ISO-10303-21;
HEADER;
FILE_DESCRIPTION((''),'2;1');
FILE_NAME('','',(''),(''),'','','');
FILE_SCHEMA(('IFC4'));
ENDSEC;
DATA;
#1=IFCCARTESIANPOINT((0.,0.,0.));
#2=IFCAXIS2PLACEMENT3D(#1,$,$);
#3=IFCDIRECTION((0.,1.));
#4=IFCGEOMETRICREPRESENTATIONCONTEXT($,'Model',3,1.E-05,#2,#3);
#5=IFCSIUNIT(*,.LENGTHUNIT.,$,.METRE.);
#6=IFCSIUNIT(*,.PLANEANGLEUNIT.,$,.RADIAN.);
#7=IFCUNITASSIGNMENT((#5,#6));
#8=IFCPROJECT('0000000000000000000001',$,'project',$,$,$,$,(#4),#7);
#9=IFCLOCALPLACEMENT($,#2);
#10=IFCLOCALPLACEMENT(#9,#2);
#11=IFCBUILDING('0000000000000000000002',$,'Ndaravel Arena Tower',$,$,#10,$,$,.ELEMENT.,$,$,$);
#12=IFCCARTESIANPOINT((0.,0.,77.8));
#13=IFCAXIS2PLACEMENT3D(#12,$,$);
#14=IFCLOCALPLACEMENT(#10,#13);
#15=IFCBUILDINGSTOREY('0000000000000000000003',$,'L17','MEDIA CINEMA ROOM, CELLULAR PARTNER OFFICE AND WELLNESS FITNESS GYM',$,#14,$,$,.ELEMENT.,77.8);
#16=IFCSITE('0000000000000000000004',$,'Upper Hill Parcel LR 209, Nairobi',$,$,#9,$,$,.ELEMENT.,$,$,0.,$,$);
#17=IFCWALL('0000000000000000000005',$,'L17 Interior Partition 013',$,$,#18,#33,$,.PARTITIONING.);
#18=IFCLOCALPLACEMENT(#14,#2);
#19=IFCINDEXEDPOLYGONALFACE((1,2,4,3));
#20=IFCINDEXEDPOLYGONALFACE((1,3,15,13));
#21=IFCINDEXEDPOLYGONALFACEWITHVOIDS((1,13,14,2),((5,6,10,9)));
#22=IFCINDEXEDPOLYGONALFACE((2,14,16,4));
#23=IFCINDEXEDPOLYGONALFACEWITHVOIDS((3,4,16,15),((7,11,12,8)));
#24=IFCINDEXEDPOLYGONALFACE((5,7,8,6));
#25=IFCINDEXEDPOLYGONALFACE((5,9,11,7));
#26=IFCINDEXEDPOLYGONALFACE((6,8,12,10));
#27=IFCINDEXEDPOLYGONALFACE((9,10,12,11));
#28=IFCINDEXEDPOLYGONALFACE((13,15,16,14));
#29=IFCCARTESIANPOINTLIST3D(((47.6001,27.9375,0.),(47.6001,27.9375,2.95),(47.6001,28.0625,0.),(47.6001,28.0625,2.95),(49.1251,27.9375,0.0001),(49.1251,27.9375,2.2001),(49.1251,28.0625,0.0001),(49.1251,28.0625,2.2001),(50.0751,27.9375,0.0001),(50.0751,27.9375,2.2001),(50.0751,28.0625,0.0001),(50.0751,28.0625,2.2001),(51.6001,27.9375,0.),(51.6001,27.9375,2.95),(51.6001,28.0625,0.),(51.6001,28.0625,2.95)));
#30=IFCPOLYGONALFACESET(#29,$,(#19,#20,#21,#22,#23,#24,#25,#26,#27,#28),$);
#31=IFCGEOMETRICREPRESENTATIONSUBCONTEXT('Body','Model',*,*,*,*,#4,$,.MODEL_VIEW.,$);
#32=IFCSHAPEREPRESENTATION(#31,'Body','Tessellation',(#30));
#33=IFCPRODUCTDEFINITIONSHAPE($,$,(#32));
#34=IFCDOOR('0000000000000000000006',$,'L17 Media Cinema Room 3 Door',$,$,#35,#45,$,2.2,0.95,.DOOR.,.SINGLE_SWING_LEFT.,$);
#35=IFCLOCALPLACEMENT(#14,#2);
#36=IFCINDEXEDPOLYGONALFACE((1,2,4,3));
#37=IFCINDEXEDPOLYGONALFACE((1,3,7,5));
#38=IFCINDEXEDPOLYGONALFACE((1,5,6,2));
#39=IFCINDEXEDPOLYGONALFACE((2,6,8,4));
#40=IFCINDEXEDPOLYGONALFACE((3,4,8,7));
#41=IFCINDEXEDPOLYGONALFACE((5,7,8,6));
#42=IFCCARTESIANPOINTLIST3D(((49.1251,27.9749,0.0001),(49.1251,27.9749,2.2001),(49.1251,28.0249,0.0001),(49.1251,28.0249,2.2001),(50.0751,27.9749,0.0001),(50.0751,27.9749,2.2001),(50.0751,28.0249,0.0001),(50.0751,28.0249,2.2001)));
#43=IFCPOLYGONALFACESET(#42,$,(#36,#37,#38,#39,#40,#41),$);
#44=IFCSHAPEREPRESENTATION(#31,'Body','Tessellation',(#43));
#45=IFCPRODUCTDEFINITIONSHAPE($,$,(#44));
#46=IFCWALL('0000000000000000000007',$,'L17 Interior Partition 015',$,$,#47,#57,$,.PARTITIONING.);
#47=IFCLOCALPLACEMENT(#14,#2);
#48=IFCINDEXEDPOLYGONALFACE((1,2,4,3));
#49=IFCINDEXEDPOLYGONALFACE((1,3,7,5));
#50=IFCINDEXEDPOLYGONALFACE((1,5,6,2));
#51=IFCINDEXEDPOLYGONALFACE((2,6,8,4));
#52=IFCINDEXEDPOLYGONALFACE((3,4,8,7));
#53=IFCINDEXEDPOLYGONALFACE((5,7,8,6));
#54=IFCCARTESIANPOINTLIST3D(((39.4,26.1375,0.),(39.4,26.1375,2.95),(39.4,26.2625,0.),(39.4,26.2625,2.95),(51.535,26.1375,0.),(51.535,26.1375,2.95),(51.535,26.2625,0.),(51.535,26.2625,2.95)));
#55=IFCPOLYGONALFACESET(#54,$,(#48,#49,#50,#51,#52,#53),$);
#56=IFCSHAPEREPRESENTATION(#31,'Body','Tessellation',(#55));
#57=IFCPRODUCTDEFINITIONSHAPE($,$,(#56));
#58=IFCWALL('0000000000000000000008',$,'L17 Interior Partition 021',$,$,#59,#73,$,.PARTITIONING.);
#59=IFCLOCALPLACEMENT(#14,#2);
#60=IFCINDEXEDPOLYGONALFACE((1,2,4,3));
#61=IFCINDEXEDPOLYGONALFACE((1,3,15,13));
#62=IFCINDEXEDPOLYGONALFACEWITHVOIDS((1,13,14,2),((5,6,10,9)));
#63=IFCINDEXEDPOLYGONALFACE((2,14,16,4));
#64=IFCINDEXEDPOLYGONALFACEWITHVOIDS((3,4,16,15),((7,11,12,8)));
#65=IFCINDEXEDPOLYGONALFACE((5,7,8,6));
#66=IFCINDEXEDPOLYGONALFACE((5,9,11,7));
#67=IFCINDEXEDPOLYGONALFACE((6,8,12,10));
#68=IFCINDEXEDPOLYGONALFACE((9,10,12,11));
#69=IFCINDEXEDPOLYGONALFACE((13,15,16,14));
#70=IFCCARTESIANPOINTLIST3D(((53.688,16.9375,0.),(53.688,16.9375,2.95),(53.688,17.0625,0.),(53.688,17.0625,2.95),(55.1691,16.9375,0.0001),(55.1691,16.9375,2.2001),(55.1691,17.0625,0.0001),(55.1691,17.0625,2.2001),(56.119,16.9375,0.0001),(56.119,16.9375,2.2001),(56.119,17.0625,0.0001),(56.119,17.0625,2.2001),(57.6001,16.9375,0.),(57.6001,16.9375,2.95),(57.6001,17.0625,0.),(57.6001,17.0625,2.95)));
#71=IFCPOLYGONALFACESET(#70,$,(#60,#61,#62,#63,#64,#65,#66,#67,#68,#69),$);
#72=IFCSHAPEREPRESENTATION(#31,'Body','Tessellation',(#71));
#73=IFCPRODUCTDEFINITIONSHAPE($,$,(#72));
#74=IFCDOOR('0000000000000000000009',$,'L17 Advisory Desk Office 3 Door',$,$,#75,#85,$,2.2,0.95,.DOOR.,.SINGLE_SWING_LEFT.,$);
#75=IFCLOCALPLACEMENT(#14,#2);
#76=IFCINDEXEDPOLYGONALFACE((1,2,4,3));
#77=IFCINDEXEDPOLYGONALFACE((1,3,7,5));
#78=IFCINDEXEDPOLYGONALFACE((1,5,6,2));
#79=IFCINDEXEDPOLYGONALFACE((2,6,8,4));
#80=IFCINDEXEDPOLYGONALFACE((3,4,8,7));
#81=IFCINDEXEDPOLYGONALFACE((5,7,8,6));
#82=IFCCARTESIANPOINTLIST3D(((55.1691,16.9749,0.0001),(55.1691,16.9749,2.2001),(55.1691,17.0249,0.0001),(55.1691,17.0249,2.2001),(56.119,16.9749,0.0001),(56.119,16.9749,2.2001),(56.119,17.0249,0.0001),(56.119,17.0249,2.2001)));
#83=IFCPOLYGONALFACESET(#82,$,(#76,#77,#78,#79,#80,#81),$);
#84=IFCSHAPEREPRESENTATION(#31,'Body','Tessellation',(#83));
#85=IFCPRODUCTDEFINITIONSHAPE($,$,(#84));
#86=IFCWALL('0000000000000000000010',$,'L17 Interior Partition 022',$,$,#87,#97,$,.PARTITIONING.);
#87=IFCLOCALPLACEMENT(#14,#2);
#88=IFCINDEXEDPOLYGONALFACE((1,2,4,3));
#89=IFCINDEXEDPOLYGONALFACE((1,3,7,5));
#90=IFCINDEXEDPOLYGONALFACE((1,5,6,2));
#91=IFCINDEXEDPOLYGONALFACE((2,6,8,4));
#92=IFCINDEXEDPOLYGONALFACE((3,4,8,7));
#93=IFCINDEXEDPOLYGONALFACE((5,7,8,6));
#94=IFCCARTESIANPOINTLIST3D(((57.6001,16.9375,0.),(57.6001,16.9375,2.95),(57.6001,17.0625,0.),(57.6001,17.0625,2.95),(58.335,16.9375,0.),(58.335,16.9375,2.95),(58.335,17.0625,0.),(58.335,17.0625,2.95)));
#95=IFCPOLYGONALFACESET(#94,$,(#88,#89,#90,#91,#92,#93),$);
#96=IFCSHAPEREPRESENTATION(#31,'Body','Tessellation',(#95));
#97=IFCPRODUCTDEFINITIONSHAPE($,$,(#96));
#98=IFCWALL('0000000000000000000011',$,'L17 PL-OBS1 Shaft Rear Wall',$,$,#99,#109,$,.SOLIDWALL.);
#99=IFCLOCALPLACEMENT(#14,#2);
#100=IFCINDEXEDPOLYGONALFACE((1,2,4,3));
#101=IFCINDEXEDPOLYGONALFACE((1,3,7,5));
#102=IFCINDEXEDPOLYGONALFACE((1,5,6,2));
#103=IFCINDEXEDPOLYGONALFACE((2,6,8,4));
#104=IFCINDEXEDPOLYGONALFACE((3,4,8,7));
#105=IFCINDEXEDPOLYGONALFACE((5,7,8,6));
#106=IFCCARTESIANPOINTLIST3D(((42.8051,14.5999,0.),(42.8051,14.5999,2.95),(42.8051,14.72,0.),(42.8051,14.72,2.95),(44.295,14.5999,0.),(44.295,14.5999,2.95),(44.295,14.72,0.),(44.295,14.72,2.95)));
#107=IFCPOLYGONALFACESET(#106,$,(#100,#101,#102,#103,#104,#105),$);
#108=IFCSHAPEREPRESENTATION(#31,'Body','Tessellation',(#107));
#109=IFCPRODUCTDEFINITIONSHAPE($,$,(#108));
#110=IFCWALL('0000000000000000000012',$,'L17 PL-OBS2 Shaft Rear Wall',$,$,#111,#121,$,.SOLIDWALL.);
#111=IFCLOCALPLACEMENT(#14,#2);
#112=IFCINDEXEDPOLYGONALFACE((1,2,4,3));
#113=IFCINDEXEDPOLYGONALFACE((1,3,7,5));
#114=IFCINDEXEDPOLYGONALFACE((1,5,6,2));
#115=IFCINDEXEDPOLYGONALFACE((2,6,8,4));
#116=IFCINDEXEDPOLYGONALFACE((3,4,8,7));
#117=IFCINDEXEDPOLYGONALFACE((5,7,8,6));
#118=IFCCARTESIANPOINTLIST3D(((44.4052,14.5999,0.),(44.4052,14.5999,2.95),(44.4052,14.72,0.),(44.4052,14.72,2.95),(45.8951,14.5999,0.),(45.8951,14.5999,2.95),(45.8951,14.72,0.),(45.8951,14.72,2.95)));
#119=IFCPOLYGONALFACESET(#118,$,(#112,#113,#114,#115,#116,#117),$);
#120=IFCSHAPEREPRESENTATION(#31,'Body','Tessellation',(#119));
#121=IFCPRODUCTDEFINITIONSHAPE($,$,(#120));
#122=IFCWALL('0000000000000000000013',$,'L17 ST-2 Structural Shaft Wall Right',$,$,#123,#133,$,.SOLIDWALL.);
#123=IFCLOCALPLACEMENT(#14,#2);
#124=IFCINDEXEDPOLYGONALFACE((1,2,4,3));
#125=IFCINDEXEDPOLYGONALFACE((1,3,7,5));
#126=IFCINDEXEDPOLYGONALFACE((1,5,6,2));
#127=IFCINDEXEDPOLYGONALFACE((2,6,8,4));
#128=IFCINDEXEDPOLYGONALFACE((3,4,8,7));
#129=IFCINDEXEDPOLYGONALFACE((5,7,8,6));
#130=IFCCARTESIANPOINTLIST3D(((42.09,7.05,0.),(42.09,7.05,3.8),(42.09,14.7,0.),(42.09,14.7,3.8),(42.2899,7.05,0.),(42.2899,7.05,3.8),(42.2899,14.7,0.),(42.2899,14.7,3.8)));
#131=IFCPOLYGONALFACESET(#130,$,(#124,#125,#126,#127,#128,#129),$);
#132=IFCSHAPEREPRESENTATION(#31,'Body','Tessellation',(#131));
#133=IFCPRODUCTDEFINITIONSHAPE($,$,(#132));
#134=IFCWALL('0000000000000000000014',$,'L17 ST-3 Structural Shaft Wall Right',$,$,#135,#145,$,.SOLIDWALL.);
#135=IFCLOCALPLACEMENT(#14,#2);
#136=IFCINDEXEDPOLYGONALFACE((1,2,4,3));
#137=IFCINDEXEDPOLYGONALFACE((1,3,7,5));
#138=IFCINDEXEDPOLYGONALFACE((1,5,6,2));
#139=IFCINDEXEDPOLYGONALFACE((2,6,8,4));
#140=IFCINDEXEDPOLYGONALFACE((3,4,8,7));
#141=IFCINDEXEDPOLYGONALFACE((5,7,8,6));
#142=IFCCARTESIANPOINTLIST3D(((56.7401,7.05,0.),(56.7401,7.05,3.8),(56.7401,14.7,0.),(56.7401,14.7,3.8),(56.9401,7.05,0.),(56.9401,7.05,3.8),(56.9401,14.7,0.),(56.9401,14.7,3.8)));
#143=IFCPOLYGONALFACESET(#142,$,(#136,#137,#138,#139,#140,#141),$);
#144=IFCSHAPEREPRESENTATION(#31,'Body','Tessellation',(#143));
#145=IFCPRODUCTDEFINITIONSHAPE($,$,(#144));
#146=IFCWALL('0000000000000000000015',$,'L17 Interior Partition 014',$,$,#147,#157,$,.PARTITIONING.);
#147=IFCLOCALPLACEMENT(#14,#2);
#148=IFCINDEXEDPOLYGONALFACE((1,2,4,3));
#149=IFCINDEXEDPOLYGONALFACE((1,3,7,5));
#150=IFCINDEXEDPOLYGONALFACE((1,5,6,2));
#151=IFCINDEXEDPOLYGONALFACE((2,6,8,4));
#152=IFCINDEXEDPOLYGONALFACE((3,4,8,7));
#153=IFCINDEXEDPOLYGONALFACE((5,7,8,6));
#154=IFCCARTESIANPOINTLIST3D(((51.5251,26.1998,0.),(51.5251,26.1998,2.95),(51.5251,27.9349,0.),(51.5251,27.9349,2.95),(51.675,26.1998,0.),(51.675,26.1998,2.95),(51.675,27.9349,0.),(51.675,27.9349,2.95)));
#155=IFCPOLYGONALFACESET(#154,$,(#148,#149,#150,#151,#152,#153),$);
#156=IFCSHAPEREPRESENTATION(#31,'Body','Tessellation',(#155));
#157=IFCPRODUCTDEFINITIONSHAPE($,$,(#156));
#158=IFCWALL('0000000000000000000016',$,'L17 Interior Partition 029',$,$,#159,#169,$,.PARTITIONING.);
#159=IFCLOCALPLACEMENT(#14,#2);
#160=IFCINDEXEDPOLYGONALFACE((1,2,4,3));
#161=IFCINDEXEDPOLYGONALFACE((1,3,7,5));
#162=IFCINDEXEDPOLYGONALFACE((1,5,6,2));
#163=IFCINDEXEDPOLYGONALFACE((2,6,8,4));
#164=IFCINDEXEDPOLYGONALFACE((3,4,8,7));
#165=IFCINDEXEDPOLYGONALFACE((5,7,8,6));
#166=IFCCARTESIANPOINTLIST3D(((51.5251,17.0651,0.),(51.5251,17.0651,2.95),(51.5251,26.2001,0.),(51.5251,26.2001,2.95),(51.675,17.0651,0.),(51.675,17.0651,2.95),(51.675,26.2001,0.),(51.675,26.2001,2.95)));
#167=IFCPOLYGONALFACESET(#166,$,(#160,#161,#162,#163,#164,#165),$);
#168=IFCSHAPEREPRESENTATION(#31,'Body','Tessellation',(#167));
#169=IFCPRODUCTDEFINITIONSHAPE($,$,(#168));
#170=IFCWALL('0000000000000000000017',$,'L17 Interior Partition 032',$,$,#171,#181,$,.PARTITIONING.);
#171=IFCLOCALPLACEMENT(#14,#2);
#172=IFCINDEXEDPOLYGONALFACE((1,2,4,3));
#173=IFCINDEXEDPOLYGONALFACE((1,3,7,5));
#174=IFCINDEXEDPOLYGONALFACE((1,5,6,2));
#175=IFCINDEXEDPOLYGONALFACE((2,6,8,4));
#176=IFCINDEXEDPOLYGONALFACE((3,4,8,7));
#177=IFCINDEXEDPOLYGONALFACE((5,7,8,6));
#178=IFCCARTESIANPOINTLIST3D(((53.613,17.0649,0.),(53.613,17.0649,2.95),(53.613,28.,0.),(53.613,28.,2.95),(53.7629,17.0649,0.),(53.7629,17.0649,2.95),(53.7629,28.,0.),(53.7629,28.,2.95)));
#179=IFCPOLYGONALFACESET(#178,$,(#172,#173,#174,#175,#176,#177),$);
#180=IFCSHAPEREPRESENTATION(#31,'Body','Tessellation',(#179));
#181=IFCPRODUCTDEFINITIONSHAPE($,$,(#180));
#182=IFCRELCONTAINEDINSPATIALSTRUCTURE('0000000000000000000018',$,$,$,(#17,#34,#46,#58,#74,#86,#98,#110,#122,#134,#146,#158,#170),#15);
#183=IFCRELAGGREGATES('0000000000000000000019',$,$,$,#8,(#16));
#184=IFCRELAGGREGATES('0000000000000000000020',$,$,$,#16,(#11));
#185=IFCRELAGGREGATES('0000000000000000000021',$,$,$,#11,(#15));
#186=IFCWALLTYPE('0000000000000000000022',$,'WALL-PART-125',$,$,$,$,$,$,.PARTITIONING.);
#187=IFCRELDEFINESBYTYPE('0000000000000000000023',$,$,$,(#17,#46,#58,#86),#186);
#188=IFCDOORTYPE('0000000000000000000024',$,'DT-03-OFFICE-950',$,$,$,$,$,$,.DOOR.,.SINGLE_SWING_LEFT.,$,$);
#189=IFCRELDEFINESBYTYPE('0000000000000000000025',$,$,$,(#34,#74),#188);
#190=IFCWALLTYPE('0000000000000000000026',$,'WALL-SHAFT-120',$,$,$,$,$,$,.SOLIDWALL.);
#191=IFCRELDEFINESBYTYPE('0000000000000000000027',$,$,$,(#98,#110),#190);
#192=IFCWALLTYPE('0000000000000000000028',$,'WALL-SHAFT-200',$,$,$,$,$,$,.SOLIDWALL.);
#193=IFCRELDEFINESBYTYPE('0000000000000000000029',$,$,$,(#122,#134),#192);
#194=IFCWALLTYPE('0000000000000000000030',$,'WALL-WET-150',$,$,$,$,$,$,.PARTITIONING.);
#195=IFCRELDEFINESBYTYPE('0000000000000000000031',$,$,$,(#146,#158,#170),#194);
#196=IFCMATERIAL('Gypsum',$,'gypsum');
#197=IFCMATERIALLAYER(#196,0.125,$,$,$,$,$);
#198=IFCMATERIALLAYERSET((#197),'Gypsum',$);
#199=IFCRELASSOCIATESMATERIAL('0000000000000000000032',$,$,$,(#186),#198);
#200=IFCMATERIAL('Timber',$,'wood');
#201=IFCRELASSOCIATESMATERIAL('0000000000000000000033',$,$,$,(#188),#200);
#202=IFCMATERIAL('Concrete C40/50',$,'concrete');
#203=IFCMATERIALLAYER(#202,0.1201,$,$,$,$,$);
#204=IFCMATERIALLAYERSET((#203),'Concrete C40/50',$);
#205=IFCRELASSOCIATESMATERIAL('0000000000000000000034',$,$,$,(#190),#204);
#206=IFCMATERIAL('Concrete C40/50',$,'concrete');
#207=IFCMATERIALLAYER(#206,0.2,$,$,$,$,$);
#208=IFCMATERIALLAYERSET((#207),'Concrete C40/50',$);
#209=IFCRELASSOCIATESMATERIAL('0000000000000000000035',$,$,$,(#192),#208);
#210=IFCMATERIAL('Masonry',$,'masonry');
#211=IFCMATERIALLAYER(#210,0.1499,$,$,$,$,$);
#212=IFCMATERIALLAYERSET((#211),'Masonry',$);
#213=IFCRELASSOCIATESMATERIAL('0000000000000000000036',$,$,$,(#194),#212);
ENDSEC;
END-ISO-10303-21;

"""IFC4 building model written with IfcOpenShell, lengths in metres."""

from ifc_helpers import new_model, si_unit, direction, frame, frame_2d, origin, place, context, subcontext, project, spatial, rectangle, extrude, material, layer, layer_set, type_object, element, fill, save


model = new_model("IFC4")

# Units and contexts
model_context = context("Model", 3, precision=1e-05, world=origin(), true_north=direction((0.0, 1.0)))
body_context = subcontext(model_context, "Body", "Model", "MODEL_VIEW")
ifc_project = project(units=[si_unit("LENGTHUNIT", "METRE"), si_unit("PLANEANGLEUNIT", "RADIAN")], contexts=[model_context])

# Site, building, storey
site_placement = place(None, origin())
site = spatial("IfcSite", under=ifc_project, at=site_placement, Name="Upper Hill Parcel LR 209, Nairobi", CompositionType="ELEMENT", RefElevation=0.0)
building_placement = place(site_placement, origin())
building = spatial("IfcBuilding", under=site, at=building_placement, Name="Ndaravel Arena Tower", CompositionType="ELEMENT")
storey_placement = place(building_placement, frame((0.0, 0.0, 77.8)))
storey = spatial("IfcBuildingStorey", under=building, at=storey_placement, Name="L17", Description="MEDIA CINEMA ROOM, CELLULAR PARTNER OFFICE AND WELLNESS FITNESS GYM", CompositionType="ELEMENT", Elevation=77.8)

# Wall, opening, door
ifc_material_1 = material(Name="Gypsum", Category="gypsum")
ifc_layer_1 = layer(ifc_material_1, 0.125)
ifc_layer_set_1 = layer_set([ifc_layer_1], Name="Gypsum")
wall_type_1 = type_object("IfcWallType", Name="WALL-PART-125", PredefinedType="PARTITIONING", material=ifc_layer_set_1)
ifc_material_2 = material(Name="Timber", Category="wood")
door_type_1 = type_object("IfcDoorType", Name="DT-03-OFFICE-950", OperationType="SINGLE_SWING_LEFT", PredefinedType="DOOR", material=ifc_material_2)
wall_1_placement = place(storey_placement, frame((47.6001, 28.0, 0.0), z_axis=(0.0, 0.0, 1.0), x_axis=(1.0, 0.0, 0.0)))
wall_1 = element("IfcWall", 1, at=wall_1_placement, inside=storey, type_object=wall_type_1, Name="L17 Interior Partition 013", PredefinedType="PARTITIONING", context=body_context, shape_type="SweptSolid", body=[
    extrude(rectangle(XDim=4.0, YDim=0.125, at=frame_2d((2.0, 0.0))), origin(), (0.0, 0.0, 1.0), 2.95),
])
opening_1_placement = place(wall_1_placement, frame((1.5249, 0.0, 0.0)))
opening_1 = element("IfcOpeningElement", 2, at=opening_1_placement, cuts=wall_1, PredefinedType="OPENING", context=body_context, shape_type="SweptSolid", body=[
    extrude(rectangle(XDim=0.95, YDim=2.2, at=frame_2d((0.4751, 1.1001))), frame((0.0, 0.0625, 0.0), z_axis=(0.0, -1.0, 0.0), x_axis=(1.0, 0.0, 0.0)), (0.0, 0.0, 1.0), 0.125),
])
door_1_placement = place(opening_1_placement, origin())
door_1 = element("IfcDoor", 3, at=door_1_placement, inside=storey, type_object=door_type_1, Name="L17 Media Cinema Room 3 Door", OperationType="SINGLE_SWING_LEFT", OverallHeight=2.2, OverallWidth=0.95, PredefinedType="DOOR", context=body_context, shape_type="SweptSolid", body=[
    extrude(rectangle(XDim=0.95, YDim=2.2, at=frame_2d((0.4751, 1.1001))), frame((0.0, 0.0249, 0.0), z_axis=(0.0, -1.0, 0.0), x_axis=(1.0, 0.0, 0.0)), (0.0, 0.0, 1.0), 0.05),
])
fill(opening_1, door_1)

# Wall
wall_2_placement = place(storey_placement, frame((51.5349, 26.2, 0.0), z_axis=(0.0, 0.0, 1.0), x_axis=(-1.0, 0.0, 0.0)))
element("IfcWall", 4, at=wall_2_placement, inside=storey, type_object=wall_type_1, Name="L17 Interior Partition 015", PredefinedType="PARTITIONING", context=body_context, shape_type="SweptSolid", body=[
    extrude(rectangle(XDim=12.135, YDim=0.125, at=frame_2d((6.0674, 0.0))), origin(), (0.0, 0.0, 1.0), 2.95),
])

# Wall, opening, door
wall_3_placement = place(storey_placement, frame((53.688, 17.0, 0.0), z_axis=(0.0, 0.0, 1.0), x_axis=(1.0, 0.0, 0.0)))
wall_3 = element("IfcWall", 5, at=wall_3_placement, inside=storey, type_object=wall_type_1, Name="L17 Interior Partition 021", PredefinedType="PARTITIONING", context=body_context, shape_type="SweptSolid", body=[
    extrude(rectangle(XDim=3.9121, YDim=0.125, at=frame_2d((1.9561, 0.0))), origin(), (0.0, 0.0, 1.0), 2.95),
])
opening_2_placement = place(wall_3_placement, frame((1.481, 0.0, 0.0)))
opening_2 = element("IfcOpeningElement", 6, at=opening_2_placement, cuts=wall_3, PredefinedType="OPENING", context=body_context, shape_type="SweptSolid", body=[
    extrude(rectangle(XDim=0.95, YDim=2.2, at=frame_2d((0.4751, 1.1001))), frame((0.0, 0.0625, 0.0), z_axis=(0.0, -1.0, 0.0), x_axis=(1.0, 0.0, 0.0)), (0.0, 0.0, 1.0), 0.125),
])
door_2_placement = place(opening_2_placement, origin())
door_2 = element("IfcDoor", 7, at=door_2_placement, inside=storey, type_object=door_type_1, Name="L17 Advisory Desk Office 3 Door", OperationType="SINGLE_SWING_LEFT", OverallHeight=2.2, OverallWidth=0.95, PredefinedType="DOOR", context=body_context, shape_type="SweptSolid", body=[
    extrude(rectangle(XDim=0.95, YDim=2.2, at=frame_2d((0.4751, 1.1001))), frame((0.0, 0.0249, 0.0), z_axis=(0.0, -1.0, 0.0), x_axis=(1.0, 0.0, 0.0)), (0.0, 0.0, 1.0), 0.05),
])
fill(opening_2, door_2)

# Walls
wall_4_placement = place(storey_placement, frame((57.6001, 17.0, 0.0), z_axis=(0.0, 0.0, 1.0), x_axis=(1.0, 0.0, 0.0)))
element("IfcWall", 8, at=wall_4_placement, inside=storey, type_object=wall_type_1, Name="L17 Interior Partition 022", PredefinedType="PARTITIONING", context=body_context, shape_type="SweptSolid", body=[
    extrude(rectangle(XDim=0.7349, YDim=0.125, at=frame_2d((0.3674, 0.0))), origin(), (0.0, 0.0, 1.0), 2.95),
])
ifc_material_3 = material(Name="Concrete C40/50", Category="concrete")
ifc_layer_2 = layer(ifc_material_3, 0.1201)
ifc_layer_set_2 = layer_set([ifc_layer_2], Name="Concrete C40/50")
wall_type_2 = type_object("IfcWallType", Name="WALL-SHAFT-120", PredefinedType="SOLIDWALL", material=ifc_layer_set_2)
for number, where, z_axis, x_axis, name in (
    (9, (42.8049, 14.6599, 0.0), (0.0, 0.0, 1.0), (1.0, 0.0, 0.0), "L17 PL-OBS1 Shaft Rear Wall"),
    (10, (44.405, 14.6599, 0.0), (0.0, 0.0, 1.0), (1.0, 0.0, 0.0), "L17 PL-OBS2 Shaft Rear Wall"),
):
    element("IfcWall", number, at=place(storey_placement, frame(where, z_axis=z_axis, x_axis=x_axis)), inside=storey, type_object=wall_type_2, Name=name, PredefinedType="SOLIDWALL", context=body_context, shape_type="SweptSolid", body=[
        extrude(rectangle(XDim=1.49, YDim=0.1201, at=frame_2d((0.7451, 0.0))), origin(), (0.0, 0.0, 1.0), 2.95),
    ])
ifc_material_4 = material(Name="Concrete C40/50", Category="concrete")
ifc_layer_3 = layer(ifc_material_4, 0.2)
ifc_layer_set_3 = layer_set([ifc_layer_3], Name="Concrete C40/50")
wall_type_3 = type_object("IfcWallType", Name="WALL-SHAFT-200", PredefinedType="SOLIDWALL", material=ifc_layer_set_3)
for number, where, z_axis, x_axis, name in (
    (11, (42.1899, 14.7, 0.0), (0.0, 0.0, 1.0), (0.0, -1.0, 0.0), "L17 ST-2 Structural Shaft Wall Right"),
    (12, (56.8401, 14.7, 0.0), (0.0, 0.0, 1.0), (0.0, -1.0, 0.0), "L17 ST-3 Structural Shaft Wall Right"),
):
    element("IfcWall", number, at=place(storey_placement, frame(where, z_axis=z_axis, x_axis=x_axis)), inside=storey, type_object=wall_type_3, Name=name, PredefinedType="SOLIDWALL", context=body_context, shape_type="SweptSolid", body=[
        extrude(rectangle(XDim=7.6499, YDim=0.2, at=frame_2d((3.825, 0.0))), origin(), (0.0, 0.0, 1.0), 3.8),
    ])
ifc_material_5 = material(Name="Masonry", Category="masonry")
ifc_layer_4 = layer(ifc_material_5, 0.1499)
ifc_layer_set_4 = layer_set([ifc_layer_4], Name="Masonry")
wall_type_4 = type_object("IfcWallType", Name="WALL-WET-150", PredefinedType="PARTITIONING", material=ifc_layer_set_4)
wall_5_placement = place(storey_placement, frame((51.6001, 27.9351, 0.0), z_axis=(0.0, 0.0, 1.0), x_axis=(0.0, -1.0, 0.0)))
element("IfcWall", 13, at=wall_5_placement, inside=storey, type_object=wall_type_4, Name="L17 Interior Partition 014", PredefinedType="PARTITIONING", context=body_context, shape_type="SweptSolid", body=[
    extrude(rectangle(XDim=1.7351, YDim=0.1499, at=frame_2d((0.8677, 0.0))), origin(), (0.0, 0.0, 1.0), 2.95),
])

# Walls
wall_6_placement = place(storey_placement, frame((51.6001, 26.2, 0.0), z_axis=(0.0, 0.0, 1.0), x_axis=(0.0, -1.0, 0.0)))
element("IfcWall", 14, at=wall_6_placement, inside=storey, type_object=wall_type_4, Name="L17 Interior Partition 029", PredefinedType="PARTITIONING", context=body_context, shape_type="SweptSolid", body=[
    extrude(rectangle(XDim=9.135, YDim=0.1499, at=frame_2d((4.5674, 0.0))), origin(), (0.0, 0.0, 1.0), 2.95),
])
wall_7_placement = place(storey_placement, frame((53.688, 17.0649, 0.0), z_axis=(0.0, 0.0, 1.0), x_axis=(0.0, 1.0, 0.0)))
element("IfcWall", 15, at=wall_7_placement, inside=storey, type_object=wall_type_4, Name="L17 Interior Partition 032", PredefinedType="PARTITIONING", context=body_context, shape_type="SweptSolid", body=[
    extrude(rectangle(XDim=10.9351, YDim=0.1499, at=frame_2d((5.4675, 0.0))), origin(), (0.0, 0.0, 1.0), 2.95),
])

save(model, "model.ifc")
